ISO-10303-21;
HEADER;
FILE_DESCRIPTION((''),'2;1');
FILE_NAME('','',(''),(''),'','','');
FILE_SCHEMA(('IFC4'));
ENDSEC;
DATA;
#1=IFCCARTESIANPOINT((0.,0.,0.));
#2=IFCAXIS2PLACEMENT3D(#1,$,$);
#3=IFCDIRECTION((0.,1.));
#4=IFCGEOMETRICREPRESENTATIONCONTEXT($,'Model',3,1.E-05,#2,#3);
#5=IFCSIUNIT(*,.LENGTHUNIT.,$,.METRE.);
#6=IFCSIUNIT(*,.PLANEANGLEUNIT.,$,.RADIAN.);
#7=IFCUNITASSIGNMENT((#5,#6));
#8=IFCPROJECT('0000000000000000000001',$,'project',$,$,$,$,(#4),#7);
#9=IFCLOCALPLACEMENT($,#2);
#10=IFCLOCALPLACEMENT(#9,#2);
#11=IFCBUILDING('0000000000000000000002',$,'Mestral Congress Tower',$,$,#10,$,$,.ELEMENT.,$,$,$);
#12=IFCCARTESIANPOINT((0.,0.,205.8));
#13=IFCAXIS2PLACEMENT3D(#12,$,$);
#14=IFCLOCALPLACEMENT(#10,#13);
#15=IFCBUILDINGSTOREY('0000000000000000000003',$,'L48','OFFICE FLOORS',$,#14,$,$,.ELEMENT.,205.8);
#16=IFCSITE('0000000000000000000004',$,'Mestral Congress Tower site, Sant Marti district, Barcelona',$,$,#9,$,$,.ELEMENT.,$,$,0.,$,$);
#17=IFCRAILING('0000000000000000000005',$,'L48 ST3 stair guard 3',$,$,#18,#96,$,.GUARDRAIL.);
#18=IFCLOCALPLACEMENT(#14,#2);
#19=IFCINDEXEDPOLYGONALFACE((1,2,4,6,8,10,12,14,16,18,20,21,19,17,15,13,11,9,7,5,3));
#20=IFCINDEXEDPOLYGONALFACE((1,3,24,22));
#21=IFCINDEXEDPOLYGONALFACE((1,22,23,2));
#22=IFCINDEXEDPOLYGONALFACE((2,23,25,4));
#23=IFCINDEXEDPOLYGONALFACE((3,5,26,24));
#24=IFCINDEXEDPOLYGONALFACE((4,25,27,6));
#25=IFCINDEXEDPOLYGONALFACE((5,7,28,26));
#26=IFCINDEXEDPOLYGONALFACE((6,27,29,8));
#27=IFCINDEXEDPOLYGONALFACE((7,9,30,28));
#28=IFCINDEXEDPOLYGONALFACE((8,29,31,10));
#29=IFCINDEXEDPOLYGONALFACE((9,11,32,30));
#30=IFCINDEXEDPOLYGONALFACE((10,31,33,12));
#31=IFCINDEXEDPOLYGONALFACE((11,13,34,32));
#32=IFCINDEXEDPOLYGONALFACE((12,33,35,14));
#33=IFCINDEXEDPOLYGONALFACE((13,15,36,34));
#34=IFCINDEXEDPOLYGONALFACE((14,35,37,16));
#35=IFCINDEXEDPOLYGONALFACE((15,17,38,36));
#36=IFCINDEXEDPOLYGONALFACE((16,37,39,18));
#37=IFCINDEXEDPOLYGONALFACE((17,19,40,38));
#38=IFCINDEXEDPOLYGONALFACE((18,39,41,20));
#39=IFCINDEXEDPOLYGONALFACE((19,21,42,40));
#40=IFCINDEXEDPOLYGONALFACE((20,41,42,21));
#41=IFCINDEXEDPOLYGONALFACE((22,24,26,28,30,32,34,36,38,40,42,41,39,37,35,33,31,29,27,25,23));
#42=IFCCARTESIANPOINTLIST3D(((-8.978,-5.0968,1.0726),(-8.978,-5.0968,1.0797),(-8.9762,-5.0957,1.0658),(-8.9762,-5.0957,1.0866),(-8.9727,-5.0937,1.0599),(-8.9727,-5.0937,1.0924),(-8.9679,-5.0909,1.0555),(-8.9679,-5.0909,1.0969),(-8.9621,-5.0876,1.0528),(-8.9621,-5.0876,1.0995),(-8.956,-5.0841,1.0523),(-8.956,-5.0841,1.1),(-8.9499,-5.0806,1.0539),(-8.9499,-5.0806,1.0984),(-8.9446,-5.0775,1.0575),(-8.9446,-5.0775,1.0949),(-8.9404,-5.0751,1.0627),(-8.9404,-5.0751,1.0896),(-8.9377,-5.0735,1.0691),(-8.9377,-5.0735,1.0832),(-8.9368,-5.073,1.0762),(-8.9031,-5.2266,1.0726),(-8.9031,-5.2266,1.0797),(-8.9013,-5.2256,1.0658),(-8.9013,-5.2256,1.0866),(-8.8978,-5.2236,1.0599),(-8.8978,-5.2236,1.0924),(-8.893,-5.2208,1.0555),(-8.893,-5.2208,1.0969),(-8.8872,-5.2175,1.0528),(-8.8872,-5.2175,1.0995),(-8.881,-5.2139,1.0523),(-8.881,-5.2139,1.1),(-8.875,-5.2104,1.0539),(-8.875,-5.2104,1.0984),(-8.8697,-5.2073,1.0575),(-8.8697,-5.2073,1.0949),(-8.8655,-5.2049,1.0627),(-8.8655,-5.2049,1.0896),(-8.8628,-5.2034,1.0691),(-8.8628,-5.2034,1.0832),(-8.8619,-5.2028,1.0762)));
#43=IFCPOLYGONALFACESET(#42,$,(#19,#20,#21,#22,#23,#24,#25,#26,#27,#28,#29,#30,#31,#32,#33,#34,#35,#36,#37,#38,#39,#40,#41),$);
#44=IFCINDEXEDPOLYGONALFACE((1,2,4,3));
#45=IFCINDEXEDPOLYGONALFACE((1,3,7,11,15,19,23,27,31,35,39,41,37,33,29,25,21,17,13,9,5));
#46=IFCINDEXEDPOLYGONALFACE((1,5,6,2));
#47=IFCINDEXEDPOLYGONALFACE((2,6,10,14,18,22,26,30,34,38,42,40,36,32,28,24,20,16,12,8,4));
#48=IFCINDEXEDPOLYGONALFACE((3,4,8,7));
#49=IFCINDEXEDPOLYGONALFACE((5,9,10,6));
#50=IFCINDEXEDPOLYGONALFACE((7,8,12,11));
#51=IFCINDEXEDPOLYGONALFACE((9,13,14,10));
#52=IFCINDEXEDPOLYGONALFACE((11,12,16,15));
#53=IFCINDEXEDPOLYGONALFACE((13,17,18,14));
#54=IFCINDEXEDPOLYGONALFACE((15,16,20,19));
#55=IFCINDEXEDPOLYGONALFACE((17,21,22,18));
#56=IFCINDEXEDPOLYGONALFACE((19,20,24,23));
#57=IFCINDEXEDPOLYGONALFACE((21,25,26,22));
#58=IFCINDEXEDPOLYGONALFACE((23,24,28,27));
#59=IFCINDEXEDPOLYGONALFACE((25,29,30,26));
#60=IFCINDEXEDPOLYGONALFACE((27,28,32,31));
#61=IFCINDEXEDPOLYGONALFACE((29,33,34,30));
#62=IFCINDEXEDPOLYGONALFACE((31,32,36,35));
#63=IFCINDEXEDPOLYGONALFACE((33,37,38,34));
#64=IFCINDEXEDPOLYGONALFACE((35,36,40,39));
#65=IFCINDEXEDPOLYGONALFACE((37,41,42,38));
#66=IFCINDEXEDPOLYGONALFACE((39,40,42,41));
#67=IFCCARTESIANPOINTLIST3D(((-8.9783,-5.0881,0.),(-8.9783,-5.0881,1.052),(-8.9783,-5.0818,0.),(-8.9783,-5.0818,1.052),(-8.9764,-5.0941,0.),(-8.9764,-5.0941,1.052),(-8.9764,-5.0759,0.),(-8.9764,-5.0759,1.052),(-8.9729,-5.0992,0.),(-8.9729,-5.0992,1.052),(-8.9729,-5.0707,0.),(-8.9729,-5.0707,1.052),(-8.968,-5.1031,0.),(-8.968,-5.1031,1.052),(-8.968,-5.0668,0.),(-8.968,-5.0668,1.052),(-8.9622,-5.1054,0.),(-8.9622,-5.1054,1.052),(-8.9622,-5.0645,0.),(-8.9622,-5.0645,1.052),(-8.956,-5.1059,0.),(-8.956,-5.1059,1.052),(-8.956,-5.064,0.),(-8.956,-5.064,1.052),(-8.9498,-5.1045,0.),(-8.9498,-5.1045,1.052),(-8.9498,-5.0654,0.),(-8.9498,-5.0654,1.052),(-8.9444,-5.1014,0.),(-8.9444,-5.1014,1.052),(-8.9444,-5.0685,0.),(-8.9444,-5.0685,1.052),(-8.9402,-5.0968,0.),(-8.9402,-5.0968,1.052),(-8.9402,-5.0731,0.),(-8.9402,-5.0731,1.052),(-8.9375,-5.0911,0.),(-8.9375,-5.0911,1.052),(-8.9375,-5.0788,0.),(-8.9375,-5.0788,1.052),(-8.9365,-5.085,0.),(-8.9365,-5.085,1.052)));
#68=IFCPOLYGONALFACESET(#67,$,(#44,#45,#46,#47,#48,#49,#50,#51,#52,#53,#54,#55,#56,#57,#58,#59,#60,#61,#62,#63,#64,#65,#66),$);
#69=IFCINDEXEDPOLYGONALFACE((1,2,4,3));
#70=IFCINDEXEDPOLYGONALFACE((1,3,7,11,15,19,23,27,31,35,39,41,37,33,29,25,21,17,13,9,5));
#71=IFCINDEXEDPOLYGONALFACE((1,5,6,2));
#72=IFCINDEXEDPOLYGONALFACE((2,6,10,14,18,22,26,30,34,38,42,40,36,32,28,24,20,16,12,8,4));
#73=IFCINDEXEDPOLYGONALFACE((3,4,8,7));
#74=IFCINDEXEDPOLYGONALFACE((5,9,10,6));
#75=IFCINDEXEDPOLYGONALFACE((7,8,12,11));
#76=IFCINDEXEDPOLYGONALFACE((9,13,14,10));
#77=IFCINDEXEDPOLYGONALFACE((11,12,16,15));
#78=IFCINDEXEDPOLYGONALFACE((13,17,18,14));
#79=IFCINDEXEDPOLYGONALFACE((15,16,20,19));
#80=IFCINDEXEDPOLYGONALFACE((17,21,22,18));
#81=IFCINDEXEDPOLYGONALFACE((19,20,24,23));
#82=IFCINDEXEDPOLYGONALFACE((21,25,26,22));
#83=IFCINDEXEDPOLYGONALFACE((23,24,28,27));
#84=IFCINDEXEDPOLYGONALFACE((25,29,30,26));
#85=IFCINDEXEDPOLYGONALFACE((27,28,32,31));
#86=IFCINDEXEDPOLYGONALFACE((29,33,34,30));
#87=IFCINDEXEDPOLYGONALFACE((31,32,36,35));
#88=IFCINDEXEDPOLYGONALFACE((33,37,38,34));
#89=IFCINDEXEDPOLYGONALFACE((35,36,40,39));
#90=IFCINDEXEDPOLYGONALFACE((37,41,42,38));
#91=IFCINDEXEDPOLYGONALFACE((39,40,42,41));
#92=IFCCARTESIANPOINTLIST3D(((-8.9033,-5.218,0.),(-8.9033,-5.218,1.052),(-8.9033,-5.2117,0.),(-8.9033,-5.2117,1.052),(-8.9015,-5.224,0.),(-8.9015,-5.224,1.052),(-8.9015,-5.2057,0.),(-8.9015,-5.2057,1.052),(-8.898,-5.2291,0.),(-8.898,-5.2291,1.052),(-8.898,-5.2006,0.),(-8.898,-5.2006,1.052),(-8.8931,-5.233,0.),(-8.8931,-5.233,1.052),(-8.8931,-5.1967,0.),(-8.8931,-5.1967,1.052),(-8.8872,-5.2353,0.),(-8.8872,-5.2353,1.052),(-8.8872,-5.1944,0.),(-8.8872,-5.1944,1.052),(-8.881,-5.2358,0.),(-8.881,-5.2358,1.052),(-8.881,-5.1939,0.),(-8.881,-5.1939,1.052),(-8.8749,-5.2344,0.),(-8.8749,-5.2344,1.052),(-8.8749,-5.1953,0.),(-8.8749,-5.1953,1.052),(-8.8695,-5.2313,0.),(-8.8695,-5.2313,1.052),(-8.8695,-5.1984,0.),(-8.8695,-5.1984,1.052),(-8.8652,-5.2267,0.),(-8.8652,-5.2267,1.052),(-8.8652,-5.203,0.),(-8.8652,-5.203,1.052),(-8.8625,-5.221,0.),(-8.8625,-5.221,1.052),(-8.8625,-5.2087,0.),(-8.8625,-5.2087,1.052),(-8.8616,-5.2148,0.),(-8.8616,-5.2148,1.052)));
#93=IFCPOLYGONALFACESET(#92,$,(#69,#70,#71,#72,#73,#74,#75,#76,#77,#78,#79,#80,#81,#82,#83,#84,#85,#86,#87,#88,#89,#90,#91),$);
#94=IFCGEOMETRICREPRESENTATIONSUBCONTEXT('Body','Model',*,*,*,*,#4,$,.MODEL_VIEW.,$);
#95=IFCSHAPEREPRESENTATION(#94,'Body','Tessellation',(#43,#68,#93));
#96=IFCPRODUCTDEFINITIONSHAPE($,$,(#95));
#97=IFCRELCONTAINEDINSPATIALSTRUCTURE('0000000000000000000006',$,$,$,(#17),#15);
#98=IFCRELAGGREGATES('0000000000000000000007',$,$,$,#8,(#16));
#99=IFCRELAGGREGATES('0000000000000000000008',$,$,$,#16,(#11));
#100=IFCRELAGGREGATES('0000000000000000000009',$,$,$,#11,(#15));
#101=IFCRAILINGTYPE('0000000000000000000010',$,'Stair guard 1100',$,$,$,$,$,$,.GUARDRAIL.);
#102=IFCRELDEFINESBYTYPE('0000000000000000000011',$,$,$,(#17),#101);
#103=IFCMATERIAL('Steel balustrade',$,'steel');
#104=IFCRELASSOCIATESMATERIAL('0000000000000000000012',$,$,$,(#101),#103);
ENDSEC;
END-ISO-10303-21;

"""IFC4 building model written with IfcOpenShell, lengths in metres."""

from ifc_helpers import new_model, si_unit, direction, frame, origin, origin_2d, place, context, subcontext, project, spatial, circle, extrude, material, type_object, element, save


model = new_model("IFC4")

# Units and contexts
model_context = context("Model", 3, precision=1e-05, world=origin(), true_north=direction((0.0, 1.0)))
body_context = subcontext(model_context, "Body", "Model", "MODEL_VIEW")
ifc_project = project(units=[si_unit("LENGTHUNIT", "METRE"), si_unit("PLANEANGLEUNIT", "RADIAN")], contexts=[model_context])

# Site, building, storey
site_placement = place(None, origin())
site = spatial("IfcSite", under=ifc_project, at=site_placement, Name="Mestral Congress Tower site, Sant Marti district, Barcelona", CompositionType="ELEMENT", RefElevation=0.0)
building_placement = place(site_placement, origin())
building = spatial("IfcBuilding", under=site, at=building_placement, Name="Mestral Congress Tower", CompositionType="ELEMENT")
storey_placement = place(building_placement, frame((0.0, 0.0, 205.8)))
storey = spatial("IfcBuildingStorey", under=building, at=storey_placement, Name="L48", Description="OFFICE FLOORS", CompositionType="ELEMENT", Elevation=205.8)

# Railing
ifc_material_1 = material(Name="Steel balustrade", Category="steel")
railing_type_1 = type_object("IfcRailingType", Name="Stair guard 1100", PredefinedType="GUARDRAIL", material=ifc_material_1)
railing_1_placement = place(storey_placement, frame((-8.9575, -5.085, 0.0)))
element("IfcRailing", 1, at=railing_1_placement, inside=storey, type_object=railing_type_1, Name="L48 ST3 stair guard 3", PredefinedType="GUARDRAIL", context=body_context, shape_type="SweptSolid", body=[
    extrude(circle(Radius=0.0239, at=origin_2d()), frame((0.0, 0.0, 1.0762), z_axis=(0.499816, -0.866131, 0.0), x_axis=(0.866131, 0.499816, 0.0)), (0.0, 0.0, 1.0), 0.1499),
    extrude(circle(Radius=0.021, at=origin_2d()), origin(), (0.0, 0.0, 1.0), 1.052),
    extrude(circle(Radius=0.021, at=origin_2d()), frame((0.075, -0.1299, 0.0)), (0.0, 0.0, 1.0), 1.052),
])

save(model, "model.ifc")
